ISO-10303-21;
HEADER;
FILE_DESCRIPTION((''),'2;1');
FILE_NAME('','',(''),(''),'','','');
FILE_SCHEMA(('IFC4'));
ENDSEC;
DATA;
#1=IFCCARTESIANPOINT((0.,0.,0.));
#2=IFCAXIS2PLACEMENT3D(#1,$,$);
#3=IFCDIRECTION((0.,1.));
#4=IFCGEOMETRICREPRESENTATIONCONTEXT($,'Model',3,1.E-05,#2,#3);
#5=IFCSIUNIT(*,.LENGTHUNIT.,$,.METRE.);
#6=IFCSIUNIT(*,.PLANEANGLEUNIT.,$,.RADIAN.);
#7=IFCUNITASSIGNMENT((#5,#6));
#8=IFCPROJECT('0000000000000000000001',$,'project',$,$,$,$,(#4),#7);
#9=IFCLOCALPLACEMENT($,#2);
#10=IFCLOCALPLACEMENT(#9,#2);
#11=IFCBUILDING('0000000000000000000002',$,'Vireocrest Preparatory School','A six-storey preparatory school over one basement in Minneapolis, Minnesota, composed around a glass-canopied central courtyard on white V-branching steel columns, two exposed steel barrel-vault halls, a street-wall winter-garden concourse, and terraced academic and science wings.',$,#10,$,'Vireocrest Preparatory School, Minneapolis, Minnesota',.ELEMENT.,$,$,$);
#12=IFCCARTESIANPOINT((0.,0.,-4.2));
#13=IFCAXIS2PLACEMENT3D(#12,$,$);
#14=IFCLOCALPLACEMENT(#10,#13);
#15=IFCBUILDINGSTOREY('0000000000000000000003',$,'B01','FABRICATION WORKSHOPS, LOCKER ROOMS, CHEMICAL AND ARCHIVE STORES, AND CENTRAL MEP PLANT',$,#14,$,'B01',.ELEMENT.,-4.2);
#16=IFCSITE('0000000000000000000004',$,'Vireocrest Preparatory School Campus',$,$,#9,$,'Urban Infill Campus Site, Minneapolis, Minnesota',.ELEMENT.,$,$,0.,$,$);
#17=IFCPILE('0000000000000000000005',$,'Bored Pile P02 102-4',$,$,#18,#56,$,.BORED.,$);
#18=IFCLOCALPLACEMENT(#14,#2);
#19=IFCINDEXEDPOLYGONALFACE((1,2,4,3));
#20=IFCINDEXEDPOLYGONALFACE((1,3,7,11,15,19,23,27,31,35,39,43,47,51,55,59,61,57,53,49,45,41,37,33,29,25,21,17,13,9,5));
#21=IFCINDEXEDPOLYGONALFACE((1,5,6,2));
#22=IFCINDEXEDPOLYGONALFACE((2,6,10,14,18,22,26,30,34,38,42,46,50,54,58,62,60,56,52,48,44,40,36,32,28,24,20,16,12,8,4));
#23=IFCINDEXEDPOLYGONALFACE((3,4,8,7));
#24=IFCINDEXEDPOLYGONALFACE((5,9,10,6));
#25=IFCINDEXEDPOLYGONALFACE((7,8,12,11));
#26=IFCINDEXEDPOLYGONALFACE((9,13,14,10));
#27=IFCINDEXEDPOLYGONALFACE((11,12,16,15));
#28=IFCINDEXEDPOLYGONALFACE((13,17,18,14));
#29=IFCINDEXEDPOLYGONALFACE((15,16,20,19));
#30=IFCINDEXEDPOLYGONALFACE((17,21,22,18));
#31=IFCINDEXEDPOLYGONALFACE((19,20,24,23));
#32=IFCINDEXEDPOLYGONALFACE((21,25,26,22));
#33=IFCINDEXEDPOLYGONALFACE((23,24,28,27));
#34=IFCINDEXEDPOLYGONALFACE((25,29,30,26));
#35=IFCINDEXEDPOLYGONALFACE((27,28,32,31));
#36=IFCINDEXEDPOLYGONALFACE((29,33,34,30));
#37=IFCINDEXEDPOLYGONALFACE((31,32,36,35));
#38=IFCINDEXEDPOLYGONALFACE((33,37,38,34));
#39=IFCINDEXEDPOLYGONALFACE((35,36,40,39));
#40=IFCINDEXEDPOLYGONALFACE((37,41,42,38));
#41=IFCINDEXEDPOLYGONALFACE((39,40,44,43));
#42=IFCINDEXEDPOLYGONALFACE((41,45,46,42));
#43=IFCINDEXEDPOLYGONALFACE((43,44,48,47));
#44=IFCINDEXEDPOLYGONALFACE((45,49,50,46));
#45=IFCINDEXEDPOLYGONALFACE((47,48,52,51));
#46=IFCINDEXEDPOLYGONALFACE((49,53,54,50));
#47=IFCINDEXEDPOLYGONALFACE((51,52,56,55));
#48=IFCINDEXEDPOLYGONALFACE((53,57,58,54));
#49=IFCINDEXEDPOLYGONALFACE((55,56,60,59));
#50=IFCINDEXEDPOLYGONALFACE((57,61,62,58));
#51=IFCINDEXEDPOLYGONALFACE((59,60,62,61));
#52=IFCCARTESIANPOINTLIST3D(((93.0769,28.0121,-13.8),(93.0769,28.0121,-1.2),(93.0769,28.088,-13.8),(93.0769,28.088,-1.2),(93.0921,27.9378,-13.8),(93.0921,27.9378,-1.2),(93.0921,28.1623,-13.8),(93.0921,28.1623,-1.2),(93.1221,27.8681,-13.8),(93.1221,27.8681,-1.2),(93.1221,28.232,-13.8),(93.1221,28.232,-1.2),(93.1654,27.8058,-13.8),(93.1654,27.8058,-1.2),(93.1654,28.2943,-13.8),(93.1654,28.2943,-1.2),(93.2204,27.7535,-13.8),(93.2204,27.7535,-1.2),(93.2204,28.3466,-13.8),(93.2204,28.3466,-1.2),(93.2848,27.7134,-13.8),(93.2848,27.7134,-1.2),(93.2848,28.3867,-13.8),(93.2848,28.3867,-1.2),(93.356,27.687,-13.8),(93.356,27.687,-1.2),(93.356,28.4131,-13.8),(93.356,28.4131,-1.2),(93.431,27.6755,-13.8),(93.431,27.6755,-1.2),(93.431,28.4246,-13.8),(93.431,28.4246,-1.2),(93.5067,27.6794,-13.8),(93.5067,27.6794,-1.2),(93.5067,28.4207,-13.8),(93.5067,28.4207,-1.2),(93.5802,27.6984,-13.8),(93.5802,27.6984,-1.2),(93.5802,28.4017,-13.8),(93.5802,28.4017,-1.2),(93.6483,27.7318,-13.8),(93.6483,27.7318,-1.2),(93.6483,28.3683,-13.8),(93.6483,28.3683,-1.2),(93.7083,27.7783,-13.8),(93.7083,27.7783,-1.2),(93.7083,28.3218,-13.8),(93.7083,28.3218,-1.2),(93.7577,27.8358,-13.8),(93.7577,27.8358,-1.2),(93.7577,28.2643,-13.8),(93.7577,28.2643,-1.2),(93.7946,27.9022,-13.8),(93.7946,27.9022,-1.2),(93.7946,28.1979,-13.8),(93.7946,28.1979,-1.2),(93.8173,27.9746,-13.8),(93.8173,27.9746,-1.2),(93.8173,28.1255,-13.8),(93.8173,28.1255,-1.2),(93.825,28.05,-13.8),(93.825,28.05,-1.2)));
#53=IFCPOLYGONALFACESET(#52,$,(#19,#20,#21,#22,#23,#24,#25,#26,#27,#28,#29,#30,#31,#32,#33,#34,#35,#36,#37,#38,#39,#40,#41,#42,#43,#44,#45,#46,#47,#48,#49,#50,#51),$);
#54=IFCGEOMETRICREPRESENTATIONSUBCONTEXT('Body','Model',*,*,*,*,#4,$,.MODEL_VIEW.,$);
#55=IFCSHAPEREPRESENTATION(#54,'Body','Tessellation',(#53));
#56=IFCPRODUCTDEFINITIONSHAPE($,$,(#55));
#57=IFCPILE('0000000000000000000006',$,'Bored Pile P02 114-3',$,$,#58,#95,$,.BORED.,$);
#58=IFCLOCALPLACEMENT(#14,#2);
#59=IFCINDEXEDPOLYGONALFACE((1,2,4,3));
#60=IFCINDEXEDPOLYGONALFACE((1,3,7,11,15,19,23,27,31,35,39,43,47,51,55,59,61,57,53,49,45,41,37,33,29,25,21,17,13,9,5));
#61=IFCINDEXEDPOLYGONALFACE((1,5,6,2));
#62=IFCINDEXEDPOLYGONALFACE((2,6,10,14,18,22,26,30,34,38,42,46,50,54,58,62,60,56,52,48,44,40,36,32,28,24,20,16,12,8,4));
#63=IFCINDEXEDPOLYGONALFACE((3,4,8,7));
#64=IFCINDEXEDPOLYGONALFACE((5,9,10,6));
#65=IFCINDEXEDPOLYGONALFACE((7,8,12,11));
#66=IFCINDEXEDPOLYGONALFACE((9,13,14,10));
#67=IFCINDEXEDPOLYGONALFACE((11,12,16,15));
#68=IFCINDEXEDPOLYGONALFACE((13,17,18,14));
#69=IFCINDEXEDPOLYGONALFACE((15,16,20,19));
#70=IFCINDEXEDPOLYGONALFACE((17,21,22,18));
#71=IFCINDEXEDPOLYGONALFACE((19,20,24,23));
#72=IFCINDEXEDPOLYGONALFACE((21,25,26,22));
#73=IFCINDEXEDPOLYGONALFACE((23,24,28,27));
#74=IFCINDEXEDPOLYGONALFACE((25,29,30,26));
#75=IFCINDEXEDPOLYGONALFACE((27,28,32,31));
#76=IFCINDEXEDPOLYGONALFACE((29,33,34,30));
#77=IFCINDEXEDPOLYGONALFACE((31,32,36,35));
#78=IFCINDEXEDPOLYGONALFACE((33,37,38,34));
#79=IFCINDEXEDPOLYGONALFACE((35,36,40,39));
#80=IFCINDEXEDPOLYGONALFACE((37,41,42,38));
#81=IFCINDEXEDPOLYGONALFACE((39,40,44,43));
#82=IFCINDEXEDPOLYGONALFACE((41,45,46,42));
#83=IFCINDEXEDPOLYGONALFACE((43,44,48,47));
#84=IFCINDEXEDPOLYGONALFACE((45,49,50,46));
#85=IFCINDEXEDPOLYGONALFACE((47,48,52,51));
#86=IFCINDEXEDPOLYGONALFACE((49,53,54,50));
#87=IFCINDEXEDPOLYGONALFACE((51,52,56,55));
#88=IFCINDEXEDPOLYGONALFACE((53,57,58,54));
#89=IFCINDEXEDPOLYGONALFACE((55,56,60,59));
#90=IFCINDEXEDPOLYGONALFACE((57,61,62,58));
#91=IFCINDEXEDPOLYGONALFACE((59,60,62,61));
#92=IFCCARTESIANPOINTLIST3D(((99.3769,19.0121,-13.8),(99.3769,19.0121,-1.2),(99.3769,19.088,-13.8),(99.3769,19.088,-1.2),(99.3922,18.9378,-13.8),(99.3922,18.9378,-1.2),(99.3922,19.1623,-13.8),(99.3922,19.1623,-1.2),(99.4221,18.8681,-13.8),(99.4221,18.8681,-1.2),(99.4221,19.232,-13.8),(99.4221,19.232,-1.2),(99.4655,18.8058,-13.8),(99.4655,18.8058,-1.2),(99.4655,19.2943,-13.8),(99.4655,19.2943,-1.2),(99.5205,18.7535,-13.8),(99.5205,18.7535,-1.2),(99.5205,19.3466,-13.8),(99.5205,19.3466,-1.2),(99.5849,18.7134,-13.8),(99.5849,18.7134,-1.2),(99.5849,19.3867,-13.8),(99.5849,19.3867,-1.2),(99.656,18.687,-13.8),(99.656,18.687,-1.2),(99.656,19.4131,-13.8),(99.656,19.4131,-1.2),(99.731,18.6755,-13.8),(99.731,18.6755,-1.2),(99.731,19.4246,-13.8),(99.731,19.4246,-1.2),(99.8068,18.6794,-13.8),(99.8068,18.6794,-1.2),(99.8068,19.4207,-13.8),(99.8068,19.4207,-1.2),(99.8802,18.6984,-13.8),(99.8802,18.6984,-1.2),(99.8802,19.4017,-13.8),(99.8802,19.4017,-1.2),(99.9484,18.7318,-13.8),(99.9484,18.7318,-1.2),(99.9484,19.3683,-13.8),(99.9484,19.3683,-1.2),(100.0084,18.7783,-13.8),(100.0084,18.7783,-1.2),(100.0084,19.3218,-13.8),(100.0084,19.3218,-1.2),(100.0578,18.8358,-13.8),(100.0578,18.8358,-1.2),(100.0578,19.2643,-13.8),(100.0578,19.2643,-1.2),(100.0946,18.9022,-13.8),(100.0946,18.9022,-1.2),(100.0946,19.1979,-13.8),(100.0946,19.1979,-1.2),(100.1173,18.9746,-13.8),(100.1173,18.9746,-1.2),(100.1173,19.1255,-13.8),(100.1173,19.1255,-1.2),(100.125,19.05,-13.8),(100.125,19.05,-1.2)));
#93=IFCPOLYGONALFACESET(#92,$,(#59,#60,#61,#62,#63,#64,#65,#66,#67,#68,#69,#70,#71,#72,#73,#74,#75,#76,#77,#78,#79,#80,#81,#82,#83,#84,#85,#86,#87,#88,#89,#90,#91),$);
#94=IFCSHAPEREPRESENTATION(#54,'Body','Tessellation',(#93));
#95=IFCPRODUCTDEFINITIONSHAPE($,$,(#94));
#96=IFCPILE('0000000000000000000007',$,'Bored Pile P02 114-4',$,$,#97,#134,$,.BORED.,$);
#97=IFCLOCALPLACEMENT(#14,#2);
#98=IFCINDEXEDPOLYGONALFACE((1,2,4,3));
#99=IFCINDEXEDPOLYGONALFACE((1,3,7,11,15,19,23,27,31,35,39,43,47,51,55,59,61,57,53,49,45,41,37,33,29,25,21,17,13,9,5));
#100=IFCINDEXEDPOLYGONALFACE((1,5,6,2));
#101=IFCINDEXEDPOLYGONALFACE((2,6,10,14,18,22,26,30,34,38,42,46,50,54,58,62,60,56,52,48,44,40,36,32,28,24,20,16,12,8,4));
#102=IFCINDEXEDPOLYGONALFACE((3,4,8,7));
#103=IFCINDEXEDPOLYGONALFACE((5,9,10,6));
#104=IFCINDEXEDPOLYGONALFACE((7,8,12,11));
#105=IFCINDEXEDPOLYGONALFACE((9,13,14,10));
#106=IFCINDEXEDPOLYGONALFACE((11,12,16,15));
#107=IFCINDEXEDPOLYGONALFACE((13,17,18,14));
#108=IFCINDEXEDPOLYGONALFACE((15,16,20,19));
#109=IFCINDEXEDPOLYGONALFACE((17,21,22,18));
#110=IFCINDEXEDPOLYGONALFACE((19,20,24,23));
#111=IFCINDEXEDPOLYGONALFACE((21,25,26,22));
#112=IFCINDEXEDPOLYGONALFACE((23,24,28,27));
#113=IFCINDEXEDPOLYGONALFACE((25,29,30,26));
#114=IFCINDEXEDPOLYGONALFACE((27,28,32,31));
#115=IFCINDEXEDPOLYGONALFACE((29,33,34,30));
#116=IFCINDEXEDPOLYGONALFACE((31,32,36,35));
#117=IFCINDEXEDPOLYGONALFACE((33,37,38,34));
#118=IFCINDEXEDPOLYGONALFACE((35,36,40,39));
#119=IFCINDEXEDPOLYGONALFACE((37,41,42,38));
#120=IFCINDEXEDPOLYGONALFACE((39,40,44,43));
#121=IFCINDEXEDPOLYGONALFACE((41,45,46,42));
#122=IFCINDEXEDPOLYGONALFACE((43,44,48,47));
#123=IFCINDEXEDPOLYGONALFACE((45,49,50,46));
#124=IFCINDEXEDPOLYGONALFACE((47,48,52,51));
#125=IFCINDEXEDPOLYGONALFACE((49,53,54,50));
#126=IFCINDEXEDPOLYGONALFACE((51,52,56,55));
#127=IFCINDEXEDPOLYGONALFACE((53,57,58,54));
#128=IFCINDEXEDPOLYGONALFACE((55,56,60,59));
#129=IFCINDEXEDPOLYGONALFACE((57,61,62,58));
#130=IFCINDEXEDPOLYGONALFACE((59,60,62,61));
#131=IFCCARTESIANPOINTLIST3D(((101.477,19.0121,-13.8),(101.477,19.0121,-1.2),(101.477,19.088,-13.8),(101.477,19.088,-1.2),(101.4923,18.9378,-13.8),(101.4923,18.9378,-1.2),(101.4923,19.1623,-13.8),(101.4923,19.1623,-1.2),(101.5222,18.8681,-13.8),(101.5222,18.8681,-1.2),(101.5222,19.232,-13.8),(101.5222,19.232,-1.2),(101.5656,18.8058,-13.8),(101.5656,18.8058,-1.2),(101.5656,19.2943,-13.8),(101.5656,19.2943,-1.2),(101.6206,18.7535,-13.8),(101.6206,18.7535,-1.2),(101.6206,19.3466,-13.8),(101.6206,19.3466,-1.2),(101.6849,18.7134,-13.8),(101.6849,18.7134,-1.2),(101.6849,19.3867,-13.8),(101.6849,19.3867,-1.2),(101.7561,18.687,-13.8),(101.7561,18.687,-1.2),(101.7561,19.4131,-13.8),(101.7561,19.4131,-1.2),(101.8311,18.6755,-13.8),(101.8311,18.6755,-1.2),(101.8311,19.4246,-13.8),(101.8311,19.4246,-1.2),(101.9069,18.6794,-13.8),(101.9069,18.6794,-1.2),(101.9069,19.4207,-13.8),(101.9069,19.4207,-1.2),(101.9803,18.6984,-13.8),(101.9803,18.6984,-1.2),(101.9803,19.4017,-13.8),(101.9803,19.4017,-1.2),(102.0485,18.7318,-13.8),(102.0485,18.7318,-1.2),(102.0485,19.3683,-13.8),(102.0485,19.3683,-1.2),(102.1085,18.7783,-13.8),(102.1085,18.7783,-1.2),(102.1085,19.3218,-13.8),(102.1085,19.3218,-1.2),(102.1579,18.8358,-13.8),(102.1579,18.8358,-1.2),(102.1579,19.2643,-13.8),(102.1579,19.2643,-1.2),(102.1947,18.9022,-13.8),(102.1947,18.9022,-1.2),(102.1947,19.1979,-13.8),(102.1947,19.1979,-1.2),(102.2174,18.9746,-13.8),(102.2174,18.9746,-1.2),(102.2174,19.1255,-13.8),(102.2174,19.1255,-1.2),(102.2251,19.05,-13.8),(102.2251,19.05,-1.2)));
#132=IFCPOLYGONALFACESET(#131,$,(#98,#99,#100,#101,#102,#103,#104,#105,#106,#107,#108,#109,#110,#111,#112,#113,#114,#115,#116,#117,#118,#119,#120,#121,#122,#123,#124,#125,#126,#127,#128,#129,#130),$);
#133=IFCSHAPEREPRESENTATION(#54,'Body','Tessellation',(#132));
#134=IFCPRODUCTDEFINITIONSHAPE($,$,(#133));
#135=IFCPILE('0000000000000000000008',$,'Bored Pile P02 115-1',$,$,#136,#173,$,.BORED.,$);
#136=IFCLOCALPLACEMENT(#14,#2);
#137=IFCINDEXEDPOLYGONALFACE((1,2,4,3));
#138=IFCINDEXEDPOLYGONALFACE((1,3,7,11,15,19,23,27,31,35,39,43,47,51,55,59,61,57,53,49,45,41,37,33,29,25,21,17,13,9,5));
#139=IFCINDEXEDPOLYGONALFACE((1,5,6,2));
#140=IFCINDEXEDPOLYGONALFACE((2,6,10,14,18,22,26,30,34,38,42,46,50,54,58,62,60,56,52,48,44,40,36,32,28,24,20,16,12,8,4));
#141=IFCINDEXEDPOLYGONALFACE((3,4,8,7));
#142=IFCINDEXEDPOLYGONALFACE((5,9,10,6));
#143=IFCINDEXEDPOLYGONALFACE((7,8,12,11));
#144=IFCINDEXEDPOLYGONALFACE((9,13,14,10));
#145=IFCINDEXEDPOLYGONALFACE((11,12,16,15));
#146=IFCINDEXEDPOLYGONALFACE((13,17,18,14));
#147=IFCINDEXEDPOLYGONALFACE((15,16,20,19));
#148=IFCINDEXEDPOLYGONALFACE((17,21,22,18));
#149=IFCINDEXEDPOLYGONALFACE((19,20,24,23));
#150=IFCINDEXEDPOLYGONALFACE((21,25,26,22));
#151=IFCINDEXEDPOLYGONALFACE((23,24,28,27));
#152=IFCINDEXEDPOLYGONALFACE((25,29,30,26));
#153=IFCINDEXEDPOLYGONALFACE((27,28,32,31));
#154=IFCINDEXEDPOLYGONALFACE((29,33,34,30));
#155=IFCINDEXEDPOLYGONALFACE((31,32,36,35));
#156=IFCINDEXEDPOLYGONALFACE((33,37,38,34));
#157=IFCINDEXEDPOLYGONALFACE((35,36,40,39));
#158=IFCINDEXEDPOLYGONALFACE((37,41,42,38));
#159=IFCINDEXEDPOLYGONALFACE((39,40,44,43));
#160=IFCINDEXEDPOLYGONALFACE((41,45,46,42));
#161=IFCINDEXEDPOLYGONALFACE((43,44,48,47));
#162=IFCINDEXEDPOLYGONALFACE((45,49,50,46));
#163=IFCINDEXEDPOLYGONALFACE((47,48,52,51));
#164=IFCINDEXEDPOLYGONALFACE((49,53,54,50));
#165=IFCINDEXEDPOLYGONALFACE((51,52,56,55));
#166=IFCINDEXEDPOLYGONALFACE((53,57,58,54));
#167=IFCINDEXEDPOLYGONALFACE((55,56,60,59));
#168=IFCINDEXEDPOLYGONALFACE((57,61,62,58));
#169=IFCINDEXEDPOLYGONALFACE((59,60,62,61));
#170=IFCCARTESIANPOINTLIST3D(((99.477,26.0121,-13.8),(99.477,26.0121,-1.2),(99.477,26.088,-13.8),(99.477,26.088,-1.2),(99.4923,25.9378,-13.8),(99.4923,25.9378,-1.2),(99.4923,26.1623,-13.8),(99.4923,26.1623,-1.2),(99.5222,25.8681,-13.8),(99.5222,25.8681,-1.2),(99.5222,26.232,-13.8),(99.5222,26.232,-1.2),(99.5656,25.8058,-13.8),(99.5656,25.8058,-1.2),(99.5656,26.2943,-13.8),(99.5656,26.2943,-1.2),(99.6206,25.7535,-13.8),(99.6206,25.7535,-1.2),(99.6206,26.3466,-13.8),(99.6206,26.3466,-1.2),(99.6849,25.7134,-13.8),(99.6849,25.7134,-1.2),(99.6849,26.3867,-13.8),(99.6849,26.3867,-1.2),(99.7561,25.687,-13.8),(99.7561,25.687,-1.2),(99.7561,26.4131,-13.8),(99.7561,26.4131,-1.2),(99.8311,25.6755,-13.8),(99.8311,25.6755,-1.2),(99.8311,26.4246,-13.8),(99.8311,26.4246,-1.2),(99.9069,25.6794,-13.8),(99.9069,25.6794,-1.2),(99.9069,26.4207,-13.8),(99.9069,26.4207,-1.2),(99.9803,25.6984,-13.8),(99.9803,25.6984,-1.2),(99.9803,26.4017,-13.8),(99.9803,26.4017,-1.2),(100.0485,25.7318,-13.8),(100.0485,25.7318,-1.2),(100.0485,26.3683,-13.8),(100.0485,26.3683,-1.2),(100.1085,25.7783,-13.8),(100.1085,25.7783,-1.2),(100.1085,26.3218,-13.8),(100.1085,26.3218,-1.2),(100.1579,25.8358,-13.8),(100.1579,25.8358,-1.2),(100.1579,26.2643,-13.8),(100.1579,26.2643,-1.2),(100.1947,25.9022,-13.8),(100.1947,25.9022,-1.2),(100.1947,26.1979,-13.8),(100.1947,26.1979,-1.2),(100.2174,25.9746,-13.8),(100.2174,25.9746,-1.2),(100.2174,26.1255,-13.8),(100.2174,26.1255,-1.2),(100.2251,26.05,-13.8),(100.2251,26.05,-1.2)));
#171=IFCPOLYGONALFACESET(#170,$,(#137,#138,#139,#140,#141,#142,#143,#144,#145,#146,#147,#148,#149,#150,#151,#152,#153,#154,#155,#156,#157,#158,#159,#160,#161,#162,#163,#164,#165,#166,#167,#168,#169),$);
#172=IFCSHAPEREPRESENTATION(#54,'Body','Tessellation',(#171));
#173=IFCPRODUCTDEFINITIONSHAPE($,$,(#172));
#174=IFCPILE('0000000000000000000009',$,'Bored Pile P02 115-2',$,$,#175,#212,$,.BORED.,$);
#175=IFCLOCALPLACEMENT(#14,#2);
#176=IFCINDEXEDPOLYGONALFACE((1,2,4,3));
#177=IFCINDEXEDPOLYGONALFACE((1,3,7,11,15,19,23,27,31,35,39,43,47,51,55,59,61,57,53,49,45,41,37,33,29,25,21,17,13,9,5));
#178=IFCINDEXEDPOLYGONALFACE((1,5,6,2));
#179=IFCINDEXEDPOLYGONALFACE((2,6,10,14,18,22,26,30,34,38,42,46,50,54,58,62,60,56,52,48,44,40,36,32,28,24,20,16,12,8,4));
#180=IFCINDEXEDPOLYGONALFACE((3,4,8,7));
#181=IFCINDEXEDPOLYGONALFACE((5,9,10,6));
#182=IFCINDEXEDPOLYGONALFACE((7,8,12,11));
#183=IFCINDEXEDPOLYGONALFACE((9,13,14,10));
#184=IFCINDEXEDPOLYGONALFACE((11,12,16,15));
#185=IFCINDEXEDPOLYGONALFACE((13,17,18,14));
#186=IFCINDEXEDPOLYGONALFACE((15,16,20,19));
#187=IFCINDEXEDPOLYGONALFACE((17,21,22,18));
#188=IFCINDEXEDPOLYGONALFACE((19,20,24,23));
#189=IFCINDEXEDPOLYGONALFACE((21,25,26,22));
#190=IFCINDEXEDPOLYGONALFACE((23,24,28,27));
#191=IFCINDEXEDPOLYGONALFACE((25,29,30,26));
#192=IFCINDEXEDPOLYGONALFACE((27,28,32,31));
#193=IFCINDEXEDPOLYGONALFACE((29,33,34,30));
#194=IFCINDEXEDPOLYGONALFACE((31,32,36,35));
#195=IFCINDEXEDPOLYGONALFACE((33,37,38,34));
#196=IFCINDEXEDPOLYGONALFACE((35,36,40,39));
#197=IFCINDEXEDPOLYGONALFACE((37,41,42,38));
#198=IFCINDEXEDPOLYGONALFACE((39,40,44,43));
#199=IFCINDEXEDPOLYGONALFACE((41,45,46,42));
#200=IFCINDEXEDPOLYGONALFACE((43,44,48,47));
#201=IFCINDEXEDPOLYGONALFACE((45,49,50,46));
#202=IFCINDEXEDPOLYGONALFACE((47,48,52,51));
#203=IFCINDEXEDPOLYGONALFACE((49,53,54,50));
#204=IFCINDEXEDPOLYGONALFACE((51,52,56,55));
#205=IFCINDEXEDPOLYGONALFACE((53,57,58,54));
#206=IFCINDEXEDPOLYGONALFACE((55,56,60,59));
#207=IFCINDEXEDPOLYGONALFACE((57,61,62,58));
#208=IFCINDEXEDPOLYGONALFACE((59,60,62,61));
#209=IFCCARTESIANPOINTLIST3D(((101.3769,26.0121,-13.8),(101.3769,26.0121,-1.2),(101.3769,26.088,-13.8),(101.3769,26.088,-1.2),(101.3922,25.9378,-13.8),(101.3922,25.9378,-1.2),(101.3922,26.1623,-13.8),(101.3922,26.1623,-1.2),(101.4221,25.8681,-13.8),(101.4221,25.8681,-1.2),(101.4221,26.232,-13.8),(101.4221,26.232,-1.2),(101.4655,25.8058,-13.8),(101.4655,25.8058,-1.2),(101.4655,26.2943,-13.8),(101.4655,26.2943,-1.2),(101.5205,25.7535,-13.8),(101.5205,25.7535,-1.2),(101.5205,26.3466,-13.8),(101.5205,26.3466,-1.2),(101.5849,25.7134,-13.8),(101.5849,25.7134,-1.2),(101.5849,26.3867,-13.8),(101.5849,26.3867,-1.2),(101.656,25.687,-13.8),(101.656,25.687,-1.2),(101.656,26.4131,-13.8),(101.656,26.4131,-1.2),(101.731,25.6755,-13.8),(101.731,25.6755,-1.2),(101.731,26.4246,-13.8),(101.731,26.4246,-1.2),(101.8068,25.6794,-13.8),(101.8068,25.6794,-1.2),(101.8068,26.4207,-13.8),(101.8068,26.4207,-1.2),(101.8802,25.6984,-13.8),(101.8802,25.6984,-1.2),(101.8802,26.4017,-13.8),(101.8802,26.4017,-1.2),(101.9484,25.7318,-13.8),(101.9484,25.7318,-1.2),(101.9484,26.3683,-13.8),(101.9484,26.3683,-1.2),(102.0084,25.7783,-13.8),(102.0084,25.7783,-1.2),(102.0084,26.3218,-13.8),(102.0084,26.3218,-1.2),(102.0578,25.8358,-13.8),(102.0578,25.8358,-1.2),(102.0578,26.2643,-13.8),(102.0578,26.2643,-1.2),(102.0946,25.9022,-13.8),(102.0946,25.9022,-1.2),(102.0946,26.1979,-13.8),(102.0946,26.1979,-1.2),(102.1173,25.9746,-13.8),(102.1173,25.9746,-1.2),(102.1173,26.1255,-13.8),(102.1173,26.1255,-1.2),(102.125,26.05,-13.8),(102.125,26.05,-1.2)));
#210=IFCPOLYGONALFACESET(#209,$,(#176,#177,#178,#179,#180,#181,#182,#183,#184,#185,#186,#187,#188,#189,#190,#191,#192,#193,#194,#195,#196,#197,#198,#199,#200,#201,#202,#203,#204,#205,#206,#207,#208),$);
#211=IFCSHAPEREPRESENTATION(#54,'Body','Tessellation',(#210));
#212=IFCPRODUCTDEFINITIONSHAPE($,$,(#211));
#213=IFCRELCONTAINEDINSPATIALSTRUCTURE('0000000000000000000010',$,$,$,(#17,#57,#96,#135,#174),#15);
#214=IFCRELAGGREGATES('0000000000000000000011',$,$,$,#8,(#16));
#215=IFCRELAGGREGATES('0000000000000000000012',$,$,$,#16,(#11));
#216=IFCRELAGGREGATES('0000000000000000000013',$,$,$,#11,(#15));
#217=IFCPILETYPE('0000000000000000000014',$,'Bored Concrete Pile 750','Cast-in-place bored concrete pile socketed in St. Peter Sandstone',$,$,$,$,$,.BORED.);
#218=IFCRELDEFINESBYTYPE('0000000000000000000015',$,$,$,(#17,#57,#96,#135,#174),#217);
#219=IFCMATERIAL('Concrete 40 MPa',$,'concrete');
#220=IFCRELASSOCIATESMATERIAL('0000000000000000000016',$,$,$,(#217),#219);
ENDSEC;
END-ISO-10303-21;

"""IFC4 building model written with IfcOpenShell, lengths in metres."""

from ifc_helpers import new_model, si_unit, direction, frame, origin, origin_2d, place, context, subcontext, project, spatial, circle, extrude, material, material_profile, profile_set, type_object, element, save


model = new_model("IFC4")

# Units and contexts
model_context = context("Model", 3, precision=1e-05, world=origin(), true_north=direction((0.0, 1.0)))
body_context = subcontext(model_context, "Body", "Model", "MODEL_VIEW")
ifc_project = project(units=[si_unit("LENGTHUNIT", "METRE"), si_unit("PLANEANGLEUNIT", "RADIAN")], contexts=[model_context])

# Site, building, storey
site_placement = place(None, origin())
site = spatial("IfcSite", under=ifc_project, at=site_placement, Name="Vireocrest Preparatory School Campus", LongName="Urban Infill Campus Site, Minneapolis, Minnesota", CompositionType="ELEMENT", RefElevation=0.0)
building_placement = place(site_placement, origin())
building = spatial("IfcBuilding", under=site, at=building_placement, Name="Vireocrest Preparatory School", Description="A six-storey preparatory school over one basement in Minneapolis, Minnesota, composed around a glass-canopied central courtyard on white V-branching steel columns, two exposed steel barrel-vault halls, a street-wall winter-garden concourse, and terraced academic and science wings.", LongName="Vireocrest Preparatory School, Minneapolis, Minnesota", CompositionType="ELEMENT")
storey_placement = place(building_placement, frame((0.0, 0.0, -4.2)))
storey = spatial("IfcBuildingStorey", under=building, at=storey_placement, Name="B01", Description="FABRICATION WORKSHOPS, LOCKER ROOMS, CHEMICAL AND ARCHIVE STORES, AND CENTRAL MEP PLANT", LongName="B01", CompositionType="ELEMENT", Elevation=-4.2)

# Piles
ifc_material_1 = material(Name="Concrete 40 MPa", Category="concrete")
ifc_material_profile_1 = material_profile(ifc_material_1, circle(Radius=0.375, at=origin_2d()), Name="BORED PILE 750")
ifc_profile_set_1 = profile_set([ifc_material_profile_1], Name="Concrete 40 MPa")
pile_type_1 = type_object("IfcPileType", Name="Bored Concrete Pile 750", Description="Cast-in-place bored concrete pile socketed in St. Peter Sandstone", PredefinedType="BORED", material=ifc_profile_set_1)
for number, where, z_axis, x_axis, name in (
    (1, (93.45, 28.05, -1.2), (0.0, 0.0, -1.0), (1.0, 0.0, 0.0), "Bored Pile P02 102-4"),
    (2, (99.75, 19.05, -1.2), (0.0, 0.0, -1.0), (1.0, 0.0, 0.0), "Bored Pile P02 114-3"),
    (3, (101.8501, 19.05, -1.2), (0.0, 0.0, -1.0), (1.0, 0.0, 0.0), "Bored Pile P02 114-4"),
    (4, (99.8501, 26.05, -1.2), (0.0, 0.0, -1.0), (1.0, 0.0, 0.0), "Bored Pile P02 115-1"),
    (5, (101.75, 26.05, -1.2), (0.0, 0.0, -1.0), (1.0, 0.0, 0.0), "Bored Pile P02 115-2"),
):
    element("IfcPile", number, at=place(storey_placement, frame(where, z_axis=z_axis, x_axis=x_axis)), inside=storey, type_object=pile_type_1, Name=name, PredefinedType="BORED", context=body_context, shape_type="SweptSolid", body=[
        extrude(circle(Radius=0.375, at=origin_2d()), origin(), (0.0, 0.0, 1.0), 12.6001),
    ])

save(model, "model.ifc")
